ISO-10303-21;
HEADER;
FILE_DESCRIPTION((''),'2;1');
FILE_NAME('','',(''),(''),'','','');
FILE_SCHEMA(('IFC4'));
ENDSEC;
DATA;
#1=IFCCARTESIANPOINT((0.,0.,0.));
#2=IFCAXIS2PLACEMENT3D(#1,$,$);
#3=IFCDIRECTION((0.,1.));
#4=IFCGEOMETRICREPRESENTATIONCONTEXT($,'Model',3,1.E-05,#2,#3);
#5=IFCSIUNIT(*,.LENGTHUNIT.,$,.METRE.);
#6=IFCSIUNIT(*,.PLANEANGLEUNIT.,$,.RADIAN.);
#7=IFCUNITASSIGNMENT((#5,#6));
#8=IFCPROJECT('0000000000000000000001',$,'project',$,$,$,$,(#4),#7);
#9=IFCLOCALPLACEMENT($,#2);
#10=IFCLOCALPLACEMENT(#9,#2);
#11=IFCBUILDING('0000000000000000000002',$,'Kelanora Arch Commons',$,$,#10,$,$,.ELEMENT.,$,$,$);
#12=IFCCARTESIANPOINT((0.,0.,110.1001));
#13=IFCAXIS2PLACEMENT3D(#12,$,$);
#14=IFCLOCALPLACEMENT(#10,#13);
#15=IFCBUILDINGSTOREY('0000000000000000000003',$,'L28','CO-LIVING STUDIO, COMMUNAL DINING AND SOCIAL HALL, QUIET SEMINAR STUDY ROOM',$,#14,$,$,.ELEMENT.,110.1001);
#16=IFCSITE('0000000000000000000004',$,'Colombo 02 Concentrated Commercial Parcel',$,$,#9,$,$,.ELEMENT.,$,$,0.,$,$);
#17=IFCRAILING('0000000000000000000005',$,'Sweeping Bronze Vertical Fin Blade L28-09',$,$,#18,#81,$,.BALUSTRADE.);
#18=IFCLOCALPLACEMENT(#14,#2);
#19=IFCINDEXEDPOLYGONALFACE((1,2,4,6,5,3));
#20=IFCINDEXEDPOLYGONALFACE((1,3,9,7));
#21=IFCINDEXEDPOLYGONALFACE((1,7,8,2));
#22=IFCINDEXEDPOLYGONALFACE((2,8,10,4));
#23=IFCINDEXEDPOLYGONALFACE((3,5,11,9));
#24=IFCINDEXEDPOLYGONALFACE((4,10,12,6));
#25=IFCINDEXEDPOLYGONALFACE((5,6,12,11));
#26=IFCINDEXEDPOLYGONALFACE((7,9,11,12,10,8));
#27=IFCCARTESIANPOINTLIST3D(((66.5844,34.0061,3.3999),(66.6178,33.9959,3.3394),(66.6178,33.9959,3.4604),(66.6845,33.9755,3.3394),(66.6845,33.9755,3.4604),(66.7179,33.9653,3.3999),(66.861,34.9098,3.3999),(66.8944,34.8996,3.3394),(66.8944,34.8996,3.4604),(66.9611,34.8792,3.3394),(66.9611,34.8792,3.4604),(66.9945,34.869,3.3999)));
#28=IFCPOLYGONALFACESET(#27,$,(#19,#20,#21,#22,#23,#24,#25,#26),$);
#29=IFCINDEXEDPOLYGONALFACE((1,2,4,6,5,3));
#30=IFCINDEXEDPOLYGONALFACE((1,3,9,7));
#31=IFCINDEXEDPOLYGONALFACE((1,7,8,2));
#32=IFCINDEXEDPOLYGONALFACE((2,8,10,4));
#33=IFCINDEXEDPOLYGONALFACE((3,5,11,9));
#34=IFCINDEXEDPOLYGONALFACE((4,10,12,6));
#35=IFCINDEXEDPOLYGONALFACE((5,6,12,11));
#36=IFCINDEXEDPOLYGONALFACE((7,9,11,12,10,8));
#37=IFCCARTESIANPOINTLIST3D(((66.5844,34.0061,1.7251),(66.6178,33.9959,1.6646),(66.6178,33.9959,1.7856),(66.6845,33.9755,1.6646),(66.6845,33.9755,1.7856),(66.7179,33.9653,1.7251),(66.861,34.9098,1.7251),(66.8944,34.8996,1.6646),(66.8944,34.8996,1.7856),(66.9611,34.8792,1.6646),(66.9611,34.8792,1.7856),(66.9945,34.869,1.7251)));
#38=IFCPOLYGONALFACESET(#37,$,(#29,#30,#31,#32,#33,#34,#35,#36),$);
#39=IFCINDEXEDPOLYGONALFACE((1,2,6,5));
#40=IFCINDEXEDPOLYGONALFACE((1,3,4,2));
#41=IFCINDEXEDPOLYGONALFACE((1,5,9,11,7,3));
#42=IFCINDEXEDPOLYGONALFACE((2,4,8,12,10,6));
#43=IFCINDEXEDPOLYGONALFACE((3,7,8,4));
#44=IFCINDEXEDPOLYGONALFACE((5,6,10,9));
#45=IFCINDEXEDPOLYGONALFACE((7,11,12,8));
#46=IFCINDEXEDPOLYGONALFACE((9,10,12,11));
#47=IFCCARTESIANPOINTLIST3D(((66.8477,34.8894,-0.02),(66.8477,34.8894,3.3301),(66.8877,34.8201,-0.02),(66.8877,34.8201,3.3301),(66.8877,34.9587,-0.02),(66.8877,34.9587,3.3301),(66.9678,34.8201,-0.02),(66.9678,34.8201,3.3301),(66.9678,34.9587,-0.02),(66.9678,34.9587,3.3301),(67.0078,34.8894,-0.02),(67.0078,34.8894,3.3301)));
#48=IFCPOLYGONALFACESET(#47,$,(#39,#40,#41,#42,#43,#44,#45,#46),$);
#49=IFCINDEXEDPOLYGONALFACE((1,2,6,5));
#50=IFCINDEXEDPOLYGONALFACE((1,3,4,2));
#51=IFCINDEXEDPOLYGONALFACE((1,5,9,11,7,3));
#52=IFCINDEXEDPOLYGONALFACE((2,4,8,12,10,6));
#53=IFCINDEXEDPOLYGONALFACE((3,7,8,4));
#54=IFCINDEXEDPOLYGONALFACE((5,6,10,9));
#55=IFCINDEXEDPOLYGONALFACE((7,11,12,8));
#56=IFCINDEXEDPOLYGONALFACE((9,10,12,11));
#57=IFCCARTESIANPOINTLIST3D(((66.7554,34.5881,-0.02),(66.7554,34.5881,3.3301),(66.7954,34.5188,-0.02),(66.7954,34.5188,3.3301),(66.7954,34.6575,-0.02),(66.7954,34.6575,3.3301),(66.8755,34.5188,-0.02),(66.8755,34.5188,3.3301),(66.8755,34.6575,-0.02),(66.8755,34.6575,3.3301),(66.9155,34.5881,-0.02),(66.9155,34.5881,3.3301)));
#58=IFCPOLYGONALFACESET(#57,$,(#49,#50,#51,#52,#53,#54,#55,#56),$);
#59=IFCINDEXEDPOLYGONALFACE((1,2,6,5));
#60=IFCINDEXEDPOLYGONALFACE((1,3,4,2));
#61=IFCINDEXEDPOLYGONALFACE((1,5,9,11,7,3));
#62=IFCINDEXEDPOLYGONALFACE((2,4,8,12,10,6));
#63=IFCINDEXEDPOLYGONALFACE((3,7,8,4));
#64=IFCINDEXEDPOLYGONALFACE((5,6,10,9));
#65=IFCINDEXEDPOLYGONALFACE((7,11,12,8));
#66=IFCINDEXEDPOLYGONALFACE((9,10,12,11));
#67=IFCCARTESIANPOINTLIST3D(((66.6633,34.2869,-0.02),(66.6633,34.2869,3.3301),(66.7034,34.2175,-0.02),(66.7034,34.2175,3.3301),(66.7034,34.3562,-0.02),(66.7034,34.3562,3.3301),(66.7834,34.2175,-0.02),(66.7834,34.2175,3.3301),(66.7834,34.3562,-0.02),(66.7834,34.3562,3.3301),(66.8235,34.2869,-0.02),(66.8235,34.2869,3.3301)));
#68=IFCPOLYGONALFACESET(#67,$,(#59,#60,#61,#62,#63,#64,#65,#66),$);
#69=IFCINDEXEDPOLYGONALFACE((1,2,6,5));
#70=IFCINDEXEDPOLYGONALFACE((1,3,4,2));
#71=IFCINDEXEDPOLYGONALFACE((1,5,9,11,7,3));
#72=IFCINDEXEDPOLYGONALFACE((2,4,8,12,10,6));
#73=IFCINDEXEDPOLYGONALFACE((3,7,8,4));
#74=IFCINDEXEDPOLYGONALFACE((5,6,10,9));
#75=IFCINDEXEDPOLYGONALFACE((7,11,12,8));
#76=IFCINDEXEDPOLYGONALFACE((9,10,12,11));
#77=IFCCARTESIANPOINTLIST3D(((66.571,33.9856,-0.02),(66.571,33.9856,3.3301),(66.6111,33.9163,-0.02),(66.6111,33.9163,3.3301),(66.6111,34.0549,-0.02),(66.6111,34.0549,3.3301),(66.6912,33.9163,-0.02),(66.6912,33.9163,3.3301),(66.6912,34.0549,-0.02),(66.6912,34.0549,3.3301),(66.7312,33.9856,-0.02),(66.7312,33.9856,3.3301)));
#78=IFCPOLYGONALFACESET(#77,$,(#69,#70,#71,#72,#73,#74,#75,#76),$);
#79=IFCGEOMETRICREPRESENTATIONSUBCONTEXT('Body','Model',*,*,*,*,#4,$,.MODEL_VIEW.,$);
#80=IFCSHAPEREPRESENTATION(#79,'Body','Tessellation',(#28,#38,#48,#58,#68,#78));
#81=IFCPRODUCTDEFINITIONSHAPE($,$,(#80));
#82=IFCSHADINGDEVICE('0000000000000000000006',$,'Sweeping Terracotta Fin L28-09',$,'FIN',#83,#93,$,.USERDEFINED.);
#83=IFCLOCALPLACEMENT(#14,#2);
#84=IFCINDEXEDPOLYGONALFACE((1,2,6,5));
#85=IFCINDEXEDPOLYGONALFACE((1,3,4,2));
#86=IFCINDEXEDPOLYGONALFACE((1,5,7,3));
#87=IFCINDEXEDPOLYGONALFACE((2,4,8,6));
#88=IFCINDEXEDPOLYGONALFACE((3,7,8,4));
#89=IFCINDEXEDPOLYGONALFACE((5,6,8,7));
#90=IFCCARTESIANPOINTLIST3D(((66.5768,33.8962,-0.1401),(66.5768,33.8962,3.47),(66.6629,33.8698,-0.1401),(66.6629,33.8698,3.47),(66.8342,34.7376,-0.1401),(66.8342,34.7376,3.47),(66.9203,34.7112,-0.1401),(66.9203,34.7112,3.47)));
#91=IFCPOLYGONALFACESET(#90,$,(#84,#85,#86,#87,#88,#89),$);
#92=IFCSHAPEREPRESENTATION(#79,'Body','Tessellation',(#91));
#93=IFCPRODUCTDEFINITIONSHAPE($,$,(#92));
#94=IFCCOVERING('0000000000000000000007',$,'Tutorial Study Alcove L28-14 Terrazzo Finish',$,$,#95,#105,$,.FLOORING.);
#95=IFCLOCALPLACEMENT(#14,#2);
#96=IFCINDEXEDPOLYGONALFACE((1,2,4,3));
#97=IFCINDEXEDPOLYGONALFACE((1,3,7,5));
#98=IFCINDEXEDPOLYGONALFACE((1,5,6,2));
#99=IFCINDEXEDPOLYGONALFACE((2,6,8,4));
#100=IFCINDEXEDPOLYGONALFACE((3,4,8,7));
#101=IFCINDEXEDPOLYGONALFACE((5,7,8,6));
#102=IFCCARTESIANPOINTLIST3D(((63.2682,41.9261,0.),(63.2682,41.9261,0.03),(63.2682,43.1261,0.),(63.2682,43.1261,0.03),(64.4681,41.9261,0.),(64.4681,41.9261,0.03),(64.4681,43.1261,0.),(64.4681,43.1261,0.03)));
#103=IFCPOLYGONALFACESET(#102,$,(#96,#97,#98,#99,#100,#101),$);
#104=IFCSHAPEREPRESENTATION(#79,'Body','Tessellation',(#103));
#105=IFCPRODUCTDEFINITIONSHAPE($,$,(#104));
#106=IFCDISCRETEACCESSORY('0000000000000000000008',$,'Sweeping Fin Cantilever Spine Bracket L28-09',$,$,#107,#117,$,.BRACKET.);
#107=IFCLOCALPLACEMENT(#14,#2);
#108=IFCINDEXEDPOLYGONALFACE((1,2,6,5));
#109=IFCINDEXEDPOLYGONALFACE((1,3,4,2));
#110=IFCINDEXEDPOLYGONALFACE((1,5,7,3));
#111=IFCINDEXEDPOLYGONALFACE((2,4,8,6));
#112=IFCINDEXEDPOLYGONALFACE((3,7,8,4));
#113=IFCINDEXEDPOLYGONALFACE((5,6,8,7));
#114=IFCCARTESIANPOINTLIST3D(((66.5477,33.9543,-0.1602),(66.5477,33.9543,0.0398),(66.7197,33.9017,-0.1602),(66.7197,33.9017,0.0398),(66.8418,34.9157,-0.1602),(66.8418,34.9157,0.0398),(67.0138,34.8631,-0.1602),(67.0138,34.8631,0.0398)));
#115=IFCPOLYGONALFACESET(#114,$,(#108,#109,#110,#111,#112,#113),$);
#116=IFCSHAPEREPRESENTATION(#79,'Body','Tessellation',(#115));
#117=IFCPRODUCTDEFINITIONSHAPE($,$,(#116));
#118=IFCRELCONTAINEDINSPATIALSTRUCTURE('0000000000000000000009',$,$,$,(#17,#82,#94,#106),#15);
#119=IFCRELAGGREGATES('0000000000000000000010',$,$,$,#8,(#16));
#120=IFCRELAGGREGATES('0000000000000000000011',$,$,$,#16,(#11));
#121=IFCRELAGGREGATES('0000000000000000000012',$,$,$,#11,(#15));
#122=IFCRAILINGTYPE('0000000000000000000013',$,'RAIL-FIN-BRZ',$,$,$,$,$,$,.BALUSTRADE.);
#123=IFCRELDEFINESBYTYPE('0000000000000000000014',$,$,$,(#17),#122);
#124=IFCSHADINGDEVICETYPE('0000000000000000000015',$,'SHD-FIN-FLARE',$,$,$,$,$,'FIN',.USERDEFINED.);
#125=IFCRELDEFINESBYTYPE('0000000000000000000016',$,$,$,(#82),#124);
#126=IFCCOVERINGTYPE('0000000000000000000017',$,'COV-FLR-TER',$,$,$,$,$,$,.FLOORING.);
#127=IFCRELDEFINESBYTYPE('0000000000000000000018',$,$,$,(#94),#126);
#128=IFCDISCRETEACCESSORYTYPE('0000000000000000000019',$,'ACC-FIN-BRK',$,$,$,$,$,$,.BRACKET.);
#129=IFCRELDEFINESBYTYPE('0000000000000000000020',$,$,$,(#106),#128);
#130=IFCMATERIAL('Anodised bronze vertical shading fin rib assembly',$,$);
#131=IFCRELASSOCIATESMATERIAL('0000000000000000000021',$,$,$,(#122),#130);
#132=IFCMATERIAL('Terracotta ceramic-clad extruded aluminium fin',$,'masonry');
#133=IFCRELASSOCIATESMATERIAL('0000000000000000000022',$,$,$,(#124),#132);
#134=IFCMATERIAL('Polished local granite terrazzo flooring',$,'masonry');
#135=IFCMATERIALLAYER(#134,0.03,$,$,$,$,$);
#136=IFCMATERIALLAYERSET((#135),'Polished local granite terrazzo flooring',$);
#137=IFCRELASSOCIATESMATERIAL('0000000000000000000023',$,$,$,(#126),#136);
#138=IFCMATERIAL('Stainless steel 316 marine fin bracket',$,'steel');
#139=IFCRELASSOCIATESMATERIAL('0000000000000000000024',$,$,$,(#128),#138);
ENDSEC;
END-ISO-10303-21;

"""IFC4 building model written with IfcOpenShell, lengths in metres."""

from ifc_helpers import new_model, si_unit, direction, frame, origin, origin_2d, place, context, subcontext, project, spatial, polyline, rectangle, outline, extrude, source, transform, mapped, material, layer, layer_set, type_object, element, save


model = new_model("IFC4")

# Units and contexts
model_context = context("Model", 3, precision=1e-05, world=origin(), true_north=direction((0.0, 1.0)))
body_context = subcontext(model_context, "Body", "Model", "MODEL_VIEW")
ifc_project = project(units=[si_unit("LENGTHUNIT", "METRE"), si_unit("PLANEANGLEUNIT", "RADIAN")], contexts=[model_context])

# Site, building, storey
site_placement = place(None, origin())
site = spatial("IfcSite", under=ifc_project, at=site_placement, Name="Colombo 02 Concentrated Commercial Parcel", CompositionType="ELEMENT", RefElevation=0.0)
building_placement = place(site_placement, origin())
building = spatial("IfcBuilding", under=site, at=building_placement, Name="Kelanora Arch Commons", CompositionType="ELEMENT")
storey_placement = place(building_placement, frame((0.0, 0.0, 110.1001)))
storey = spatial("IfcBuildingStorey", under=building, at=storey_placement, Name="L28", Description="CO-LIVING STUDIO, COMMUNAL DINING AND SOCIAL HALL, QUIET SEMINAR STUDY ROOM", CompositionType="ELEMENT", Elevation=110.1001)

# Railing
ifc_material_1 = material(Name="Anodised bronze vertical shading fin rib assembly")
railing_type = type_object("IfcRailingType", Name="RAIL-FIN-BRZ", PredefinedType="BALUSTRADE", material=ifc_material_1)
railing_placement = place(storey_placement, frame((66.9277, 34.8894, -0.02)))
element("IfcRailing", 1, at=railing_placement, inside=storey, type_object=railing_type, Name="Sweeping Bronze Vertical Fin Blade L28-09", PredefinedType="BALUSTRADE", context=body_context, shape_type="SweptSolid", body=[
    extrude(outline(polyline([(0.0698, 0.0), (0.0349, 0.0605), (-0.0349, 0.0605), (-0.0698, 0.0), (-0.0349, -0.0605), (0.0349, -0.0605), (0.0698, 0.0)])), frame((0.0, 0.0, 3.4199), z_axis=(-0.292652, -0.956219, 0.0), x_axis=(0.956219, -0.292652, 0.0)), (0.0, 0.0, 1.0), 0.9451),
    extrude(outline(polyline([(0.0698, 0.0), (0.0349, 0.0605), (-0.0349, 0.0605), (-0.0698, 0.0), (-0.0349, -0.0605), (0.0349, -0.0605), (0.0698, 0.0)])), frame((0.0, 0.0, 1.7451), z_axis=(-0.292652, -0.956219, 0.0), x_axis=(0.956219, -0.292652, 0.0)), (0.0, 0.0, 1.0), 0.9451),
    extrude(outline(polyline([(0.0801, 0.0), (0.04, 0.0693), (-0.04, 0.0693), (-0.0801, 0.0), (-0.04, -0.0693), (0.04, -0.0693), (0.0801, 0.0)])), origin(), (0.0, 0.0, 1.0), 3.3501),
    extrude(outline(polyline([(0.0801, 0.0), (0.04, 0.0693), (-0.04, 0.0693), (-0.0801, 0.0), (-0.04, -0.0693), (0.04, -0.0693), (0.0801, 0.0)])), frame((-0.0923, -0.3013, 0.0)), (0.0, 0.0, 1.0), 3.3501),
    extrude(outline(polyline([(0.0801, 0.0), (0.04, 0.0693), (-0.04, 0.0693), (-0.0801, 0.0), (-0.04, -0.0693), (0.04, -0.0693), (0.0801, 0.0)])), frame((-0.1843, -0.6025, 0.0)), (0.0, 0.0, 1.0), 3.3501),
    extrude(outline(polyline([(0.0801, 0.0), (0.04, 0.0693), (-0.04, 0.0693), (-0.0801, 0.0), (-0.04, -0.0693), (0.04, -0.0693), (0.0801, 0.0)])), frame((-0.2766, -0.9038, 0.0)), (0.0, 0.0, 1.0), 3.3501),
])

# Shading device
ifc_material_2 = material(Name="Terracotta ceramic-clad extruded aluminium fin", Category="masonry")
shading_device_type = type_object("IfcShadingDeviceType", Name="SHD-FIN-FLARE", ElementType="FIN", PredefinedType="USERDEFINED", material=ifc_material_2)
shared_shape_1 = source(origin(), body_context, "Body", "SweptSolid", [
    extrude(rectangle(XDim=0.8799, YDim=0.0901, at=origin_2d()), origin(), (0.0, 0.0, 1.0), 3.6101),
])
shading_device_placement = place(storey_placement, frame((66.7485, 34.3037, -0.1401), z_axis=(0.0, 0.0, 1.0), x_axis=(-0.292539, -0.956254, 0.0)))
element("IfcShadingDevice", 2, at=shading_device_placement, inside=storey, type_object=shading_device_type, Name="Sweeping Terracotta Fin L28-09", ObjectType="FIN", PredefinedType="USERDEFINED", context=body_context, shape_type="MappedRepresentation", body=[
    mapped(shared_shape_1, transform((0.0, 0.0, 0.0), scale=1.0)),
])

# Covering
ifc_material_3 = material(Name="Polished local granite terrazzo flooring", Category="masonry")
ifc_layer_1 = layer(ifc_material_3, 0.03)
ifc_layer_set_1 = layer_set([ifc_layer_1], Name="Polished local granite terrazzo flooring")
covering_type = type_object("IfcCoveringType", Name="COV-FLR-TER", PredefinedType="FLOORING", material=ifc_layer_set_1)
shared_shape_2 = source(origin(), body_context, "Body", "SweptSolid", [
    extrude(rectangle(XDim=1.2, YDim=1.2, at=origin_2d()), origin(), (0.0, 0.0, 1.0), 0.03),
])
covering_placement = place(storey_placement, frame((63.8682, 42.5261, 0.0), z_axis=(0.0, 0.0, 1.0), x_axis=(1.0, 0.0, 0.0)))
element("IfcCovering", 3, at=covering_placement, inside=storey, type_object=covering_type, Name="Tutorial Study Alcove L28-14 Terrazzo Finish", PredefinedType="FLOORING", context=body_context, shape_type="MappedRepresentation", body=[
    mapped(shared_shape_2, transform((0.0, 0.0, 0.0), scale=1.0)),
])

# Discrete accessory
ifc_material_4 = material(Name="Stainless steel 316 marine fin bracket", Category="steel")
discrete_accessory_type = type_object("IfcDiscreteAccessoryType", Name="ACC-FIN-BRK", PredefinedType="BRACKET", material=ifc_material_4)
shared_shape_3 = source(origin(), body_context, "Body", "SweptSolid", [
    extrude(rectangle(XDim=1.0054, YDim=0.1799, at=origin_2d()), origin(), (0.0, 0.0, 1.0), 0.2),
])
discrete_accessory_placement = place(storey_placement, frame((66.7808, 34.4087, -0.1602), z_axis=(0.0, 0.0, 1.0), x_axis=(-0.292539, -0.956254, 0.0)))
element("IfcDiscreteAccessory", 4, at=discrete_accessory_placement, inside=storey, type_object=discrete_accessory_type, Name="Sweeping Fin Cantilever Spine Bracket L28-09", PredefinedType="BRACKET", context=body_context, shape_type="MappedRepresentation", body=[
    mapped(shared_shape_3, transform((0.0, 0.0, 0.0), scale=1.0)),
])

save(model, "model.ifc")
